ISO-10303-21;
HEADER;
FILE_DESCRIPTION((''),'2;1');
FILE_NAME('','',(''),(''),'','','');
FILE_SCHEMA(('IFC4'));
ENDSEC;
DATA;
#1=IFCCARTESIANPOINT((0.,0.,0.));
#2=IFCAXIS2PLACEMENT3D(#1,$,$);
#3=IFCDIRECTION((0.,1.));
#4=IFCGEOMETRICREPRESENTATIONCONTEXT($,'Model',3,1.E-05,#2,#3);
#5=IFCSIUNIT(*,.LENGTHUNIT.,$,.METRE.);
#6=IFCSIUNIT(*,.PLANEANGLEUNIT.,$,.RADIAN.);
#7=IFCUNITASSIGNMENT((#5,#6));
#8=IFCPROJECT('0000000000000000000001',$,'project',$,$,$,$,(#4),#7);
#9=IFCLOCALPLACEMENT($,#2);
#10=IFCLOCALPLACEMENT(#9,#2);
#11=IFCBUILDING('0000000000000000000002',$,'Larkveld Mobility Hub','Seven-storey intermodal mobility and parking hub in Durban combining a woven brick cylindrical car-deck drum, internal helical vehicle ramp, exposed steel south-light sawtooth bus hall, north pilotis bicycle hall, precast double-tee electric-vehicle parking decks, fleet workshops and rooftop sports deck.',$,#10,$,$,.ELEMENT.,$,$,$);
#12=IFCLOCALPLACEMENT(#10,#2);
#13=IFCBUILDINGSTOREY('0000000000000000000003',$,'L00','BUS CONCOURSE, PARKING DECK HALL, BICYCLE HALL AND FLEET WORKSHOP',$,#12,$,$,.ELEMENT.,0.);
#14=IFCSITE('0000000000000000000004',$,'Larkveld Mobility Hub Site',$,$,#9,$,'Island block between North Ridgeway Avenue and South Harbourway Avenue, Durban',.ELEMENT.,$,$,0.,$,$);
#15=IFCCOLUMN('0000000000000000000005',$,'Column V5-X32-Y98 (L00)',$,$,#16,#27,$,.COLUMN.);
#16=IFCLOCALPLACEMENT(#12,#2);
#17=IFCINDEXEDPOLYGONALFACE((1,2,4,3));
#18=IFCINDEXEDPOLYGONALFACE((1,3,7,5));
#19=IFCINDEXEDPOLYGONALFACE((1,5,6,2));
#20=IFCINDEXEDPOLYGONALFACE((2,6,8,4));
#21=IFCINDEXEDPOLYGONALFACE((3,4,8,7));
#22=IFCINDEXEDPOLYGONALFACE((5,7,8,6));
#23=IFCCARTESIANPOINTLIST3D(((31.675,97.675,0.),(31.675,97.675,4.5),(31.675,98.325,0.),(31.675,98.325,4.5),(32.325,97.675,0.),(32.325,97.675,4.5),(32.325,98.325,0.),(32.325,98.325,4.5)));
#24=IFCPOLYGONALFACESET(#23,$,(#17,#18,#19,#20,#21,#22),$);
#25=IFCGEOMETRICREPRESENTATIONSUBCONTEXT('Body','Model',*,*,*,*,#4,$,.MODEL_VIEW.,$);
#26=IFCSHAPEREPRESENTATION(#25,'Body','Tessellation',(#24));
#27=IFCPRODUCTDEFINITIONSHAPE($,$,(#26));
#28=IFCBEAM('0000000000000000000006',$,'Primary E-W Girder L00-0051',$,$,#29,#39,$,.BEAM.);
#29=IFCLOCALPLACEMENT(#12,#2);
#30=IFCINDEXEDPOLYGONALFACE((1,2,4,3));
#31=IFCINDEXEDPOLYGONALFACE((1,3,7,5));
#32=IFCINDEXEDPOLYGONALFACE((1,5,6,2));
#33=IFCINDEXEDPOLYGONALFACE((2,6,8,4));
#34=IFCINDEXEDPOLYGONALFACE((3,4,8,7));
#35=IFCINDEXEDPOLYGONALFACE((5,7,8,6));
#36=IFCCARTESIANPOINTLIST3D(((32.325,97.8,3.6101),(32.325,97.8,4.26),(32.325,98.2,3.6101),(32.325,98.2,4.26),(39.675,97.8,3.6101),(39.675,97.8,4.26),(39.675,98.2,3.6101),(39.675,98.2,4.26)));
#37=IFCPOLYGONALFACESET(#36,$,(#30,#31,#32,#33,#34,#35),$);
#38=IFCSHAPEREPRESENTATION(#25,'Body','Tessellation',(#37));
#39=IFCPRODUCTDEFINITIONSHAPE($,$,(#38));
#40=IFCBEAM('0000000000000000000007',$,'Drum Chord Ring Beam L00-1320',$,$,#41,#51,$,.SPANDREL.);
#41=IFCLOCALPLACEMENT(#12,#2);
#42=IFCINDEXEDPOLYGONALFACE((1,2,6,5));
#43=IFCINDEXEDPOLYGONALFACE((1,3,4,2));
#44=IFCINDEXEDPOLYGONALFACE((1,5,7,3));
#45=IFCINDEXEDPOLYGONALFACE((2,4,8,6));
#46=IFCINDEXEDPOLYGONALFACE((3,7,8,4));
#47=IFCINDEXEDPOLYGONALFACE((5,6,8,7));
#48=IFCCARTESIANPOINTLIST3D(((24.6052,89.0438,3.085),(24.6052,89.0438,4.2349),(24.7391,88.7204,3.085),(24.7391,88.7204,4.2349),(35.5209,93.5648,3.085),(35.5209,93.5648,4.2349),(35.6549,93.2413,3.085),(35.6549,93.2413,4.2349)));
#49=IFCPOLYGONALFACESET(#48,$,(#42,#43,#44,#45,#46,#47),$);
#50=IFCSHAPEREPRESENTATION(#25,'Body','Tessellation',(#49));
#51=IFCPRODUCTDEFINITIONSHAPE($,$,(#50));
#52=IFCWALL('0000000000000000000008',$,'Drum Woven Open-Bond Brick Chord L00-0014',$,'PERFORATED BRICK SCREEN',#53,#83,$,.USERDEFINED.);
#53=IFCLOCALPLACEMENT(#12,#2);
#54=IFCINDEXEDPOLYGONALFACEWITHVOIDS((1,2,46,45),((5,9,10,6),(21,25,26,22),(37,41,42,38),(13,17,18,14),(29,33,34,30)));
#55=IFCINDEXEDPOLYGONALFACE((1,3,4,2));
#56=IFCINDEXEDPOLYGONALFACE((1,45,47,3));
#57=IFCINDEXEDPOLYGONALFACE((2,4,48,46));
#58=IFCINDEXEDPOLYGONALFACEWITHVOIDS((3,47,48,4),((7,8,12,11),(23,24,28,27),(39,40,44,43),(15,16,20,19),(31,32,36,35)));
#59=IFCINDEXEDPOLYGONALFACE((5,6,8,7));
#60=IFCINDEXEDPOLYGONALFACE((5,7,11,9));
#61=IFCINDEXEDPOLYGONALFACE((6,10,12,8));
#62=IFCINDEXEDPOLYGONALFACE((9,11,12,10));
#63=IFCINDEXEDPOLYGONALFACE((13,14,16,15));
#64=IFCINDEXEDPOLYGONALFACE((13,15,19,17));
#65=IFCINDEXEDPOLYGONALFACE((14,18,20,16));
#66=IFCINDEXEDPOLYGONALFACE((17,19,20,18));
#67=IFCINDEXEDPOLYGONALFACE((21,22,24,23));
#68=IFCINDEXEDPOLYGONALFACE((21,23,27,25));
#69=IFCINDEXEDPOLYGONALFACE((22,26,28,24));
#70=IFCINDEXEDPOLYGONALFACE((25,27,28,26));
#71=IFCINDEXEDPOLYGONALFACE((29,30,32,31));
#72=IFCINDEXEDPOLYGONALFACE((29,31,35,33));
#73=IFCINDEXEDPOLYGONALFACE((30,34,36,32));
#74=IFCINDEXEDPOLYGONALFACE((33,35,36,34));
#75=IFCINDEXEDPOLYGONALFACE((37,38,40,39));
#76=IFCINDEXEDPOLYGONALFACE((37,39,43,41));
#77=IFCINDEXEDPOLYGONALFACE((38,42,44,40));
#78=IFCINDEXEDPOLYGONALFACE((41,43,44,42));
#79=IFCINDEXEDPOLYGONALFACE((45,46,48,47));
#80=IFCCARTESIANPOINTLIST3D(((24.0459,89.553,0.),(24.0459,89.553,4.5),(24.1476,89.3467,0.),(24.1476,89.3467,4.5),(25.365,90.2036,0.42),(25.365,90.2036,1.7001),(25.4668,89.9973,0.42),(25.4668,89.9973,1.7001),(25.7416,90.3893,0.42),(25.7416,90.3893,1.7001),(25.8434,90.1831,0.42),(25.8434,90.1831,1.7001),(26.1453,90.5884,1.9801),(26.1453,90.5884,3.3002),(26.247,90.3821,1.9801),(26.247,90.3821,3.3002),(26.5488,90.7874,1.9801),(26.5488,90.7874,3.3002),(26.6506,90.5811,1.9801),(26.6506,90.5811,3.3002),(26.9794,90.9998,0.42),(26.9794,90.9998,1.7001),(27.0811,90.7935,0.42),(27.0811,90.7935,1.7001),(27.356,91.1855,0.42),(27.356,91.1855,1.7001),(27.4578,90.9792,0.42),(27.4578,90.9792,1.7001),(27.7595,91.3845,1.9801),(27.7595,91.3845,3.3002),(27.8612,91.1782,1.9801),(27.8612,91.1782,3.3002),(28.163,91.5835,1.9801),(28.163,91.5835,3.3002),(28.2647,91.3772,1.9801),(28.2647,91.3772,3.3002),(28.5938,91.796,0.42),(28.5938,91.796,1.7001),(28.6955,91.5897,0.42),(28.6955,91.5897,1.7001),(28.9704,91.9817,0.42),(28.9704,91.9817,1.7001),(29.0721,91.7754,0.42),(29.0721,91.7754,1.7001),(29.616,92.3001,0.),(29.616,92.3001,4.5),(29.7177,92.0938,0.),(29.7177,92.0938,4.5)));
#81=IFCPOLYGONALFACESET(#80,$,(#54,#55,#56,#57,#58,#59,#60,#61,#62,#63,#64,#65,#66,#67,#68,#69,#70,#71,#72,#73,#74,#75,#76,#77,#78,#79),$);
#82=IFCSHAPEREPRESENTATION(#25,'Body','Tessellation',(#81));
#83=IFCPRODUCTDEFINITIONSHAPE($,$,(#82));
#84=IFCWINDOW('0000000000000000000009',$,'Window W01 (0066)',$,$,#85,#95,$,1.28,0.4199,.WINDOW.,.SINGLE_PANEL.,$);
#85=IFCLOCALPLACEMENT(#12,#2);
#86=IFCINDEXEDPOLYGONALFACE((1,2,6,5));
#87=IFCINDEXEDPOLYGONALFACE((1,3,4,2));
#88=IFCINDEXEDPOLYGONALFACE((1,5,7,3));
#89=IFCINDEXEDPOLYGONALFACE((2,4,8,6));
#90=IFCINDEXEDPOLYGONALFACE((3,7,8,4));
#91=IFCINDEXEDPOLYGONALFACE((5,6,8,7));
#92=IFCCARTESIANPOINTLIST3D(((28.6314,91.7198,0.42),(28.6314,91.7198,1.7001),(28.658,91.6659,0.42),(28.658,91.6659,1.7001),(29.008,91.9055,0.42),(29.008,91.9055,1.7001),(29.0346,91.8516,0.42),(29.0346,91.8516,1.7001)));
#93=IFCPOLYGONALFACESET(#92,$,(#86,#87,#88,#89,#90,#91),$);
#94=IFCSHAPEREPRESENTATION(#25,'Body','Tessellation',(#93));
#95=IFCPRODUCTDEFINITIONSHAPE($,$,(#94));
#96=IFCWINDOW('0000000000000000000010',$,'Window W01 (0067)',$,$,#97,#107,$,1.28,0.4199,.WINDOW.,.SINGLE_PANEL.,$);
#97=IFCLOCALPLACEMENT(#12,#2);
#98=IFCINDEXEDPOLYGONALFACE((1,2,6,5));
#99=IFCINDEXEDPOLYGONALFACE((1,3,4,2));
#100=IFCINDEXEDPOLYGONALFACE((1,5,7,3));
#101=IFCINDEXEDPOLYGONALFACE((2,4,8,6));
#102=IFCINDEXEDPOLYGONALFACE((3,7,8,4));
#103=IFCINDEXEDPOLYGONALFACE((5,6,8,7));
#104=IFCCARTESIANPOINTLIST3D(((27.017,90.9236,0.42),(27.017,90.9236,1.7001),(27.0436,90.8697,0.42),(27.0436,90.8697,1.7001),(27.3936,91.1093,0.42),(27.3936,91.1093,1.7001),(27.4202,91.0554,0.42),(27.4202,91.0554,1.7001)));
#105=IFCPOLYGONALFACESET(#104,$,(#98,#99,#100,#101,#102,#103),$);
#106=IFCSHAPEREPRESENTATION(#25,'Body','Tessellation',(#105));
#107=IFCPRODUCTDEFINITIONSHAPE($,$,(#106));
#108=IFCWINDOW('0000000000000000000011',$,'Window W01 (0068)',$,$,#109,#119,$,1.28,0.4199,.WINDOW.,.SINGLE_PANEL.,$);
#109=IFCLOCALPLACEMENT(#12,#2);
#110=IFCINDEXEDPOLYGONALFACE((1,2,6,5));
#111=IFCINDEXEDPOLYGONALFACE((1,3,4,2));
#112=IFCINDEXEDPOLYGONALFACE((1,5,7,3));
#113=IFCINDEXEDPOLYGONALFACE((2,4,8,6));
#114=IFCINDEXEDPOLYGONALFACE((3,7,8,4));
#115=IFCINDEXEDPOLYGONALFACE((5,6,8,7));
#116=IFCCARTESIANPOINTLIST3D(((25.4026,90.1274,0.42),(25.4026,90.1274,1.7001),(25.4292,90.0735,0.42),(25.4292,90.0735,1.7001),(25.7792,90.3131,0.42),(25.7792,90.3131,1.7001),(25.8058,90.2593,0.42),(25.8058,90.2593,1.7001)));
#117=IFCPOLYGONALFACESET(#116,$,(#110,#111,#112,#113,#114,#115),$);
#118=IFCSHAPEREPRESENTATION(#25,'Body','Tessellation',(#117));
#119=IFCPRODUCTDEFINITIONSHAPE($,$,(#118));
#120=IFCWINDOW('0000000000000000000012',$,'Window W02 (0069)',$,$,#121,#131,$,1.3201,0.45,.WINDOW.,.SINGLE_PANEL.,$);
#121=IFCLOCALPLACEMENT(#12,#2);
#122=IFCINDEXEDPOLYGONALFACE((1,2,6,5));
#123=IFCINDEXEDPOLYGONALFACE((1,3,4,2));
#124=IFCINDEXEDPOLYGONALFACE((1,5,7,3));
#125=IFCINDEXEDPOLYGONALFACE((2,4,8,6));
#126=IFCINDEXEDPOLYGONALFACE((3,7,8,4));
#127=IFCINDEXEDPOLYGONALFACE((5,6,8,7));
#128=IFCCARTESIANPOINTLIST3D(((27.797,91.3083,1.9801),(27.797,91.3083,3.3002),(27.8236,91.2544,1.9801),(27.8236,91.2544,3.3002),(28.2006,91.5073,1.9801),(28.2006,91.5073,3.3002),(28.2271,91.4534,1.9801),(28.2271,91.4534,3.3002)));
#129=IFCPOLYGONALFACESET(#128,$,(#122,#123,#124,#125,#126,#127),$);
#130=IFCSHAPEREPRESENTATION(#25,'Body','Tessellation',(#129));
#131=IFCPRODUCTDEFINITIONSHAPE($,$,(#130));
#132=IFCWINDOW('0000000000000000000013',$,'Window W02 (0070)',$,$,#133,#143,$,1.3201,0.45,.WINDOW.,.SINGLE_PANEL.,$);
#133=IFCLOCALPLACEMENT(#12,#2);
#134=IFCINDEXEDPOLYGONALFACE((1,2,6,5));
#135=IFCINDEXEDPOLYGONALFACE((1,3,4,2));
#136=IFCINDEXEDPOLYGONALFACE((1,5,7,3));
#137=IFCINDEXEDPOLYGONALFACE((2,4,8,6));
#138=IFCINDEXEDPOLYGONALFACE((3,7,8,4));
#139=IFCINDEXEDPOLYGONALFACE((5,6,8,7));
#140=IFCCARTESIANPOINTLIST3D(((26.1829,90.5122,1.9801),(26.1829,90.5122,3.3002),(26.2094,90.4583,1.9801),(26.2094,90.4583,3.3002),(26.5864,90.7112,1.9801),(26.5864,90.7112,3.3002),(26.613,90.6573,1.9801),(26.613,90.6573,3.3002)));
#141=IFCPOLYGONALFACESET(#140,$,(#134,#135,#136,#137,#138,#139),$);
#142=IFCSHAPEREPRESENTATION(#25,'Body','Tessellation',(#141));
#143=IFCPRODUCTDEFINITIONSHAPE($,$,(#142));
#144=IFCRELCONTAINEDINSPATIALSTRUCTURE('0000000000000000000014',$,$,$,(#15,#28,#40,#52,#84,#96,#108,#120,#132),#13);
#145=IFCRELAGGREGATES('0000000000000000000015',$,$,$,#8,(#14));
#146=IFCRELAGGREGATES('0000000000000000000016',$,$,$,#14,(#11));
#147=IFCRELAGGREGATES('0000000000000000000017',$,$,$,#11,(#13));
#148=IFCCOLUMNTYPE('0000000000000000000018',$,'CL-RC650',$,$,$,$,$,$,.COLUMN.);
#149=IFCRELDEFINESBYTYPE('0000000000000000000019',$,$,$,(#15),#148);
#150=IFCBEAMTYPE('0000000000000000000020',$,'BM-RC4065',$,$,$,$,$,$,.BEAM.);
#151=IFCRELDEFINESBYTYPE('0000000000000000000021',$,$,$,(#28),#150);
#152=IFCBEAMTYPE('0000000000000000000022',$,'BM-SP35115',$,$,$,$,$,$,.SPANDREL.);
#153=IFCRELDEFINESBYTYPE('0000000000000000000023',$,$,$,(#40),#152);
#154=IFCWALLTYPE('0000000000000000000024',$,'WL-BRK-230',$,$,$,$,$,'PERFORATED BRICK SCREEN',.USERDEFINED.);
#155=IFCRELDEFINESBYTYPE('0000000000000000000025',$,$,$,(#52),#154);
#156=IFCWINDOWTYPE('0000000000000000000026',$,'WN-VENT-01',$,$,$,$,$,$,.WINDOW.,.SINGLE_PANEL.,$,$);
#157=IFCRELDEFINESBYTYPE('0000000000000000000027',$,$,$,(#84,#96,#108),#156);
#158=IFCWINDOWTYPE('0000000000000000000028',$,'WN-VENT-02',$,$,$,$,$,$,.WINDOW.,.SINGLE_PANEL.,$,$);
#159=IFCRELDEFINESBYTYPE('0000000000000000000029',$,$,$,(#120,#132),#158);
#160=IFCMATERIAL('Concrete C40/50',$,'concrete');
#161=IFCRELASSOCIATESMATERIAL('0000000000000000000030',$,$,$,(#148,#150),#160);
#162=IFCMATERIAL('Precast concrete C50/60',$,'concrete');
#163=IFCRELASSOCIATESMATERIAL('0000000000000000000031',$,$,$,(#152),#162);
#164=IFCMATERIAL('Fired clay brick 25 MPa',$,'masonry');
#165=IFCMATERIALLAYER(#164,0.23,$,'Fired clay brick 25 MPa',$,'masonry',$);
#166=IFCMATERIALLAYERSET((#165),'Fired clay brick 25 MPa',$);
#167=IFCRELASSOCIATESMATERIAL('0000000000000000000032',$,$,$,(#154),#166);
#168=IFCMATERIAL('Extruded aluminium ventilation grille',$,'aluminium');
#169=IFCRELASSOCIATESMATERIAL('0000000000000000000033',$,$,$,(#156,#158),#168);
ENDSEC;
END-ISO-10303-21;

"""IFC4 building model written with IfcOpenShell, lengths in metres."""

from ifc_helpers import new_model, si_unit, direction, frame, frame_2d, origin, origin_2d, place, context, subcontext, project, spatial, rectangle, extrude, material, layer, layer_set, material_profile, profile_set, type_object, element, fill, save


model = new_model("IFC4")

# Units and contexts
model_context = context("Model", 3, precision=1e-05, world=origin(), true_north=direction((0.0, 1.0)))
body_context = subcontext(model_context, "Body", "Model", "MODEL_VIEW")
ifc_project = project(units=[si_unit("LENGTHUNIT", "METRE"), si_unit("PLANEANGLEUNIT", "RADIAN")], contexts=[model_context])

# Site, building, storey
site_placement = place(None, origin())
site = spatial("IfcSite", under=ifc_project, at=site_placement, Name="Larkveld Mobility Hub Site", LongName="Island block between North Ridgeway Avenue and South Harbourway Avenue, Durban", CompositionType="ELEMENT", RefElevation=0.0)
building_placement = place(site_placement, origin())
building = spatial("IfcBuilding", under=site, at=building_placement, Name="Larkveld Mobility Hub", Description="Seven-storey intermodal mobility and parking hub in Durban combining a woven brick cylindrical car-deck drum, internal helical vehicle ramp, exposed steel south-light sawtooth bus hall, north pilotis bicycle hall, precast double-tee electric-vehicle parking decks, fleet workshops and rooftop sports deck.", CompositionType="ELEMENT")
storey_placement = place(building_placement, origin())
storey = spatial("IfcBuildingStorey", under=building, at=storey_placement, Name="L00", Description="BUS CONCOURSE, PARKING DECK HALL, BICYCLE HALL AND FLEET WORKSHOP", CompositionType="ELEMENT", Elevation=0.0)

# Column
ifc_material_1 = material(Name="Concrete C40/50", Category="concrete")
ifc_material_profile_1 = material_profile(ifc_material_1, rectangle(XDim=0.6499, YDim=0.6499, at=origin_2d()), Name="RC COL 650x650")
ifc_profile_set_1 = profile_set([ifc_material_profile_1], Name="Concrete C40/50")
column_type_1 = type_object("IfcColumnType", Name="CL-RC650", PredefinedType="COLUMN", material=ifc_profile_set_1)
column_1_placement = place(storey_placement, frame((32.0, 98.0, 0.0), z_axis=(0.0, 0.0, 1.0), x_axis=(1.0, 0.0, 0.0)))
element("IfcColumn", 1, at=column_1_placement, inside=storey, type_object=column_type_1, Name="Column V5-X32-Y98 (L00)", PredefinedType="COLUMN", context=body_context, shape_type="SweptSolid", body=[
    extrude(rectangle(XDim=0.6499, YDim=0.6499, at=origin_2d()), origin(), (0.0, 0.0, 1.0), 4.5),
])

# Beams
ifc_material_profile_2 = material_profile(ifc_material_1, rectangle(XDim=0.3999, YDim=0.6499, at=origin_2d()), Name="RC BM 400x650")
ifc_profile_set_2 = profile_set([ifc_material_profile_2], Name="Concrete C40/50")
beam_type_1 = type_object("IfcBeamType", Name="BM-RC4065", PredefinedType="BEAM", material=ifc_profile_set_2)
beam_1_placement = place(storey_placement, frame((32.325, 98.0, 3.9351), z_axis=(1.0, 0.0, 0.0), x_axis=(0.0, 1.0, 0.0)))
element("IfcBeam", 2, at=beam_1_placement, inside=storey, type_object=beam_type_1, Name="Primary E-W Girder L00-0051", PredefinedType="BEAM", context=body_context, shape_type="SweptSolid", body=[
    extrude(rectangle(XDim=0.3999, YDim=0.6499, at=origin_2d()), origin(), (0.0, 0.0, 1.0), 7.3501),
])
ifc_material_2 = material(Name="Precast concrete C50/60", Category="concrete")
ifc_material_profile_3 = material_profile(ifc_material_2, rectangle(XDim=0.3501, YDim=1.1499, at=origin_2d()), Name="PC SP 350x1150")
ifc_profile_set_3 = profile_set([ifc_material_profile_3], Name="Precast concrete C50/60")
beam_type_2 = type_object("IfcBeamType", Name="BM-SP35115", PredefinedType="SPANDREL", material=ifc_profile_set_3)
beam_2_placement = place(storey_placement, frame((35.5879, 93.4031, 3.6599), z_axis=(-0.923893, -0.38265, 0.0), x_axis=(0.38265, -0.923893, 0.0)))
element("IfcBeam", 3, at=beam_2_placement, inside=storey, type_object=beam_type_2, Name="Drum Chord Ring Beam L00-1320", PredefinedType="SPANDREL", context=body_context, shape_type="SweptSolid", body=[
    extrude(rectangle(XDim=0.3501, YDim=1.1499, at=origin_2d()), origin(), (0.0, 0.0, 1.0), 11.8149),
])

# Wall, openings, windows
ifc_material_3 = material(Name="Fired clay brick 25 MPa", Category="masonry")
ifc_layer_1 = layer(ifc_material_3, 0.23, Name="Fired clay brick 25 MPa", Category="masonry")
ifc_layer_set_1 = layer_set([ifc_layer_1], Name="Fired clay brick 25 MPa")
wall_type_1 = type_object("IfcWallType", Name="WL-BRK-230", ElementType="PERFORATED BRICK SCREEN", PredefinedType="USERDEFINED", material=ifc_layer_set_1)
wall_1_placement = place(storey_placement, frame((29.667, 92.197, 0.0), z_axis=(0.0, 0.0, 1.0), x_axis=(-0.896859, -0.442317, 0.0)))
wall_1 = element("IfcWall", 4, at=wall_1_placement, inside=storey, type_object=wall_type_1, Name="Drum Woven Open-Bond Brick Chord L00-0014", ObjectType="PERFORATED BRICK SCREEN", PredefinedType="USERDEFINED", context=body_context, shape_type="SweptSolid", body=[
    extrude(rectangle(XDim=6.2107, YDim=0.23, at=frame_2d((3.1055, 0.0))), origin(), (0.0, 0.0, 1.0), 4.5),
])
opening_1_placement = place(wall_1_placement, frame((0.72, 0.0, 0.4199)))
opening_1 = element("IfcOpeningElement", 5, at=opening_1_placement, cuts=wall_1, PredefinedType="OPENING", context=body_context, shape_type="SweptSolid", body=[
    extrude(rectangle(XDim=0.4199, YDim=1.28, at=frame_2d((0.21, 0.6401))), frame((0.0, 0.125, 0.0), z_axis=(0.0, -1.0, 0.0), x_axis=(1.0, 0.0, 0.0)), (0.0, 0.0, 1.0), 0.25),
])
opening_2_placement = place(wall_1_placement, frame((2.52, 0.0, 0.4199)))
opening_2 = element("IfcOpeningElement", 6, at=opening_2_placement, cuts=wall_1, PredefinedType="OPENING", context=body_context, shape_type="SweptSolid", body=[
    extrude(rectangle(XDim=0.4199, YDim=1.28, at=frame_2d((0.21, 0.6401))), frame((0.0, 0.125, 0.0), z_axis=(0.0, -1.0, 0.0), x_axis=(1.0, 0.0, 0.0)), (0.0, 0.0, 1.0), 0.25),
])
opening_3_placement = place(wall_1_placement, frame((4.3201, 0.0, 0.4199)))
opening_3 = element("IfcOpeningElement", 7, at=opening_3_placement, cuts=wall_1, PredefinedType="OPENING", context=body_context, shape_type="SweptSolid", body=[
    extrude(rectangle(XDim=0.4199, YDim=1.28, at=frame_2d((0.21, 0.6401))), frame((0.0, 0.125, 0.0), z_axis=(0.0, -1.0, 0.0), x_axis=(1.0, 0.0, 0.0)), (0.0, 0.0, 1.0), 0.25),
])
opening_4_placement = place(wall_1_placement, frame((1.6201, 0.0, 1.98)))
opening_4 = element("IfcOpeningElement", 8, at=opening_4_placement, cuts=wall_1, PredefinedType="OPENING", context=body_context, shape_type="SweptSolid", body=[
    extrude(rectangle(XDim=0.45, YDim=1.3201, at=frame_2d((0.2251, 0.6602))), frame((0.0, 0.125, 0.0), z_axis=(0.0, -1.0, 0.0), x_axis=(1.0, 0.0, 0.0)), (0.0, 0.0, 1.0), 0.25),
])
opening_5_placement = place(wall_1_placement, frame((3.4199, 0.0, 1.98)))
opening_5 = element("IfcOpeningElement", 9, at=opening_5_placement, cuts=wall_1, PredefinedType="OPENING", context=body_context, shape_type="SweptSolid", body=[
    extrude(rectangle(XDim=0.45, YDim=1.3201, at=frame_2d((0.2251, 0.6602))), frame((0.0, 0.125, 0.0), z_axis=(0.0, -1.0, 0.0), x_axis=(1.0, 0.0, 0.0)), (0.0, 0.0, 1.0), 0.25),
])
ifc_material_4 = material(Name="Extruded aluminium ventilation grille", Category="aluminium")
window_type_1 = type_object("IfcWindowType", Name="WN-VENT-01", PartitioningType="SINGLE_PANEL", PredefinedType="WINDOW", material=ifc_material_4)
window_1_placement = place(opening_1_placement, origin())
window_1 = element("IfcWindow", 10, at=window_1_placement, inside=storey, type_object=window_type_1, Name="Window W01 (0066)", OverallHeight=1.28, OverallWidth=0.4199, PartitioningType="SINGLE_PANEL", PredefinedType="WINDOW", context=body_context, shape_type="SweptSolid", body=[
    extrude(rectangle(XDim=0.4199, YDim=1.28, at=frame_2d((0.21, 0.6401))), frame((0.0, 0.03, 0.0), z_axis=(0.0, -1.0, 0.0), x_axis=(1.0, 0.0, 0.0)), (0.0, 0.0, 1.0), 0.0601),
])
fill(opening_1, window_1)
window_2_placement = place(opening_2_placement, origin())
window_2 = element("IfcWindow", 11, at=window_2_placement, inside=storey, type_object=window_type_1, Name="Window W01 (0067)", OverallHeight=1.28, OverallWidth=0.4199, PartitioningType="SINGLE_PANEL", PredefinedType="WINDOW", context=body_context, shape_type="SweptSolid", body=[
    extrude(rectangle(XDim=0.4199, YDim=1.28, at=frame_2d((0.21, 0.6401))), frame((0.0, 0.03, 0.0), z_axis=(0.0, -1.0, 0.0), x_axis=(1.0, 0.0, 0.0)), (0.0, 0.0, 1.0), 0.0601),
])
fill(opening_2, window_2)
window_3_placement = place(opening_3_placement, origin())
window_3 = element("IfcWindow", 12, at=window_3_placement, inside=storey, type_object=window_type_1, Name="Window W01 (0068)", OverallHeight=1.28, OverallWidth=0.4199, PartitioningType="SINGLE_PANEL", PredefinedType="WINDOW", context=body_context, shape_type="SweptSolid", body=[
    extrude(rectangle(XDim=0.4199, YDim=1.28, at=frame_2d((0.21, 0.6401))), frame((0.0, 0.03, 0.0), z_axis=(0.0, -1.0, 0.0), x_axis=(1.0, 0.0, 0.0)), (0.0, 0.0, 1.0), 0.0601),
])
fill(opening_3, window_3)
window_type_2 = type_object("IfcWindowType", Name="WN-VENT-02", PartitioningType="SINGLE_PANEL", PredefinedType="WINDOW", material=ifc_material_4)
window_4_placement = place(opening_4_placement, origin())
window_4 = element("IfcWindow", 13, at=window_4_placement, inside=storey, type_object=window_type_2, Name="Window W02 (0069)", OverallHeight=1.3201, OverallWidth=0.45, PartitioningType="SINGLE_PANEL", PredefinedType="WINDOW", context=body_context, shape_type="SweptSolid", body=[
    extrude(rectangle(XDim=0.45, YDim=1.3201, at=frame_2d((0.2251, 0.6602))), frame((0.0, 0.03, 0.0), z_axis=(0.0, -1.0, 0.0), x_axis=(1.0, 0.0, 0.0)), (0.0, 0.0, 1.0), 0.0601),
])
fill(opening_4, window_4)
window_5_placement = place(opening_5_placement, origin())
window_5 = element("IfcWindow", 14, at=window_5_placement, inside=storey, type_object=window_type_2, Name="Window W02 (0070)", OverallHeight=1.3201, OverallWidth=0.45, PartitioningType="SINGLE_PANEL", PredefinedType="WINDOW", context=body_context, shape_type="SweptSolid", body=[
    extrude(rectangle(XDim=0.45, YDim=1.3201, at=frame_2d((0.2251, 0.6602))), frame((0.0, 0.03, 0.0), z_axis=(0.0, -1.0, 0.0), x_axis=(1.0, 0.0, 0.0)), (0.0, 0.0, 1.0), 0.0601),
])
fill(opening_5, window_5)

save(model, "model.ifc")
